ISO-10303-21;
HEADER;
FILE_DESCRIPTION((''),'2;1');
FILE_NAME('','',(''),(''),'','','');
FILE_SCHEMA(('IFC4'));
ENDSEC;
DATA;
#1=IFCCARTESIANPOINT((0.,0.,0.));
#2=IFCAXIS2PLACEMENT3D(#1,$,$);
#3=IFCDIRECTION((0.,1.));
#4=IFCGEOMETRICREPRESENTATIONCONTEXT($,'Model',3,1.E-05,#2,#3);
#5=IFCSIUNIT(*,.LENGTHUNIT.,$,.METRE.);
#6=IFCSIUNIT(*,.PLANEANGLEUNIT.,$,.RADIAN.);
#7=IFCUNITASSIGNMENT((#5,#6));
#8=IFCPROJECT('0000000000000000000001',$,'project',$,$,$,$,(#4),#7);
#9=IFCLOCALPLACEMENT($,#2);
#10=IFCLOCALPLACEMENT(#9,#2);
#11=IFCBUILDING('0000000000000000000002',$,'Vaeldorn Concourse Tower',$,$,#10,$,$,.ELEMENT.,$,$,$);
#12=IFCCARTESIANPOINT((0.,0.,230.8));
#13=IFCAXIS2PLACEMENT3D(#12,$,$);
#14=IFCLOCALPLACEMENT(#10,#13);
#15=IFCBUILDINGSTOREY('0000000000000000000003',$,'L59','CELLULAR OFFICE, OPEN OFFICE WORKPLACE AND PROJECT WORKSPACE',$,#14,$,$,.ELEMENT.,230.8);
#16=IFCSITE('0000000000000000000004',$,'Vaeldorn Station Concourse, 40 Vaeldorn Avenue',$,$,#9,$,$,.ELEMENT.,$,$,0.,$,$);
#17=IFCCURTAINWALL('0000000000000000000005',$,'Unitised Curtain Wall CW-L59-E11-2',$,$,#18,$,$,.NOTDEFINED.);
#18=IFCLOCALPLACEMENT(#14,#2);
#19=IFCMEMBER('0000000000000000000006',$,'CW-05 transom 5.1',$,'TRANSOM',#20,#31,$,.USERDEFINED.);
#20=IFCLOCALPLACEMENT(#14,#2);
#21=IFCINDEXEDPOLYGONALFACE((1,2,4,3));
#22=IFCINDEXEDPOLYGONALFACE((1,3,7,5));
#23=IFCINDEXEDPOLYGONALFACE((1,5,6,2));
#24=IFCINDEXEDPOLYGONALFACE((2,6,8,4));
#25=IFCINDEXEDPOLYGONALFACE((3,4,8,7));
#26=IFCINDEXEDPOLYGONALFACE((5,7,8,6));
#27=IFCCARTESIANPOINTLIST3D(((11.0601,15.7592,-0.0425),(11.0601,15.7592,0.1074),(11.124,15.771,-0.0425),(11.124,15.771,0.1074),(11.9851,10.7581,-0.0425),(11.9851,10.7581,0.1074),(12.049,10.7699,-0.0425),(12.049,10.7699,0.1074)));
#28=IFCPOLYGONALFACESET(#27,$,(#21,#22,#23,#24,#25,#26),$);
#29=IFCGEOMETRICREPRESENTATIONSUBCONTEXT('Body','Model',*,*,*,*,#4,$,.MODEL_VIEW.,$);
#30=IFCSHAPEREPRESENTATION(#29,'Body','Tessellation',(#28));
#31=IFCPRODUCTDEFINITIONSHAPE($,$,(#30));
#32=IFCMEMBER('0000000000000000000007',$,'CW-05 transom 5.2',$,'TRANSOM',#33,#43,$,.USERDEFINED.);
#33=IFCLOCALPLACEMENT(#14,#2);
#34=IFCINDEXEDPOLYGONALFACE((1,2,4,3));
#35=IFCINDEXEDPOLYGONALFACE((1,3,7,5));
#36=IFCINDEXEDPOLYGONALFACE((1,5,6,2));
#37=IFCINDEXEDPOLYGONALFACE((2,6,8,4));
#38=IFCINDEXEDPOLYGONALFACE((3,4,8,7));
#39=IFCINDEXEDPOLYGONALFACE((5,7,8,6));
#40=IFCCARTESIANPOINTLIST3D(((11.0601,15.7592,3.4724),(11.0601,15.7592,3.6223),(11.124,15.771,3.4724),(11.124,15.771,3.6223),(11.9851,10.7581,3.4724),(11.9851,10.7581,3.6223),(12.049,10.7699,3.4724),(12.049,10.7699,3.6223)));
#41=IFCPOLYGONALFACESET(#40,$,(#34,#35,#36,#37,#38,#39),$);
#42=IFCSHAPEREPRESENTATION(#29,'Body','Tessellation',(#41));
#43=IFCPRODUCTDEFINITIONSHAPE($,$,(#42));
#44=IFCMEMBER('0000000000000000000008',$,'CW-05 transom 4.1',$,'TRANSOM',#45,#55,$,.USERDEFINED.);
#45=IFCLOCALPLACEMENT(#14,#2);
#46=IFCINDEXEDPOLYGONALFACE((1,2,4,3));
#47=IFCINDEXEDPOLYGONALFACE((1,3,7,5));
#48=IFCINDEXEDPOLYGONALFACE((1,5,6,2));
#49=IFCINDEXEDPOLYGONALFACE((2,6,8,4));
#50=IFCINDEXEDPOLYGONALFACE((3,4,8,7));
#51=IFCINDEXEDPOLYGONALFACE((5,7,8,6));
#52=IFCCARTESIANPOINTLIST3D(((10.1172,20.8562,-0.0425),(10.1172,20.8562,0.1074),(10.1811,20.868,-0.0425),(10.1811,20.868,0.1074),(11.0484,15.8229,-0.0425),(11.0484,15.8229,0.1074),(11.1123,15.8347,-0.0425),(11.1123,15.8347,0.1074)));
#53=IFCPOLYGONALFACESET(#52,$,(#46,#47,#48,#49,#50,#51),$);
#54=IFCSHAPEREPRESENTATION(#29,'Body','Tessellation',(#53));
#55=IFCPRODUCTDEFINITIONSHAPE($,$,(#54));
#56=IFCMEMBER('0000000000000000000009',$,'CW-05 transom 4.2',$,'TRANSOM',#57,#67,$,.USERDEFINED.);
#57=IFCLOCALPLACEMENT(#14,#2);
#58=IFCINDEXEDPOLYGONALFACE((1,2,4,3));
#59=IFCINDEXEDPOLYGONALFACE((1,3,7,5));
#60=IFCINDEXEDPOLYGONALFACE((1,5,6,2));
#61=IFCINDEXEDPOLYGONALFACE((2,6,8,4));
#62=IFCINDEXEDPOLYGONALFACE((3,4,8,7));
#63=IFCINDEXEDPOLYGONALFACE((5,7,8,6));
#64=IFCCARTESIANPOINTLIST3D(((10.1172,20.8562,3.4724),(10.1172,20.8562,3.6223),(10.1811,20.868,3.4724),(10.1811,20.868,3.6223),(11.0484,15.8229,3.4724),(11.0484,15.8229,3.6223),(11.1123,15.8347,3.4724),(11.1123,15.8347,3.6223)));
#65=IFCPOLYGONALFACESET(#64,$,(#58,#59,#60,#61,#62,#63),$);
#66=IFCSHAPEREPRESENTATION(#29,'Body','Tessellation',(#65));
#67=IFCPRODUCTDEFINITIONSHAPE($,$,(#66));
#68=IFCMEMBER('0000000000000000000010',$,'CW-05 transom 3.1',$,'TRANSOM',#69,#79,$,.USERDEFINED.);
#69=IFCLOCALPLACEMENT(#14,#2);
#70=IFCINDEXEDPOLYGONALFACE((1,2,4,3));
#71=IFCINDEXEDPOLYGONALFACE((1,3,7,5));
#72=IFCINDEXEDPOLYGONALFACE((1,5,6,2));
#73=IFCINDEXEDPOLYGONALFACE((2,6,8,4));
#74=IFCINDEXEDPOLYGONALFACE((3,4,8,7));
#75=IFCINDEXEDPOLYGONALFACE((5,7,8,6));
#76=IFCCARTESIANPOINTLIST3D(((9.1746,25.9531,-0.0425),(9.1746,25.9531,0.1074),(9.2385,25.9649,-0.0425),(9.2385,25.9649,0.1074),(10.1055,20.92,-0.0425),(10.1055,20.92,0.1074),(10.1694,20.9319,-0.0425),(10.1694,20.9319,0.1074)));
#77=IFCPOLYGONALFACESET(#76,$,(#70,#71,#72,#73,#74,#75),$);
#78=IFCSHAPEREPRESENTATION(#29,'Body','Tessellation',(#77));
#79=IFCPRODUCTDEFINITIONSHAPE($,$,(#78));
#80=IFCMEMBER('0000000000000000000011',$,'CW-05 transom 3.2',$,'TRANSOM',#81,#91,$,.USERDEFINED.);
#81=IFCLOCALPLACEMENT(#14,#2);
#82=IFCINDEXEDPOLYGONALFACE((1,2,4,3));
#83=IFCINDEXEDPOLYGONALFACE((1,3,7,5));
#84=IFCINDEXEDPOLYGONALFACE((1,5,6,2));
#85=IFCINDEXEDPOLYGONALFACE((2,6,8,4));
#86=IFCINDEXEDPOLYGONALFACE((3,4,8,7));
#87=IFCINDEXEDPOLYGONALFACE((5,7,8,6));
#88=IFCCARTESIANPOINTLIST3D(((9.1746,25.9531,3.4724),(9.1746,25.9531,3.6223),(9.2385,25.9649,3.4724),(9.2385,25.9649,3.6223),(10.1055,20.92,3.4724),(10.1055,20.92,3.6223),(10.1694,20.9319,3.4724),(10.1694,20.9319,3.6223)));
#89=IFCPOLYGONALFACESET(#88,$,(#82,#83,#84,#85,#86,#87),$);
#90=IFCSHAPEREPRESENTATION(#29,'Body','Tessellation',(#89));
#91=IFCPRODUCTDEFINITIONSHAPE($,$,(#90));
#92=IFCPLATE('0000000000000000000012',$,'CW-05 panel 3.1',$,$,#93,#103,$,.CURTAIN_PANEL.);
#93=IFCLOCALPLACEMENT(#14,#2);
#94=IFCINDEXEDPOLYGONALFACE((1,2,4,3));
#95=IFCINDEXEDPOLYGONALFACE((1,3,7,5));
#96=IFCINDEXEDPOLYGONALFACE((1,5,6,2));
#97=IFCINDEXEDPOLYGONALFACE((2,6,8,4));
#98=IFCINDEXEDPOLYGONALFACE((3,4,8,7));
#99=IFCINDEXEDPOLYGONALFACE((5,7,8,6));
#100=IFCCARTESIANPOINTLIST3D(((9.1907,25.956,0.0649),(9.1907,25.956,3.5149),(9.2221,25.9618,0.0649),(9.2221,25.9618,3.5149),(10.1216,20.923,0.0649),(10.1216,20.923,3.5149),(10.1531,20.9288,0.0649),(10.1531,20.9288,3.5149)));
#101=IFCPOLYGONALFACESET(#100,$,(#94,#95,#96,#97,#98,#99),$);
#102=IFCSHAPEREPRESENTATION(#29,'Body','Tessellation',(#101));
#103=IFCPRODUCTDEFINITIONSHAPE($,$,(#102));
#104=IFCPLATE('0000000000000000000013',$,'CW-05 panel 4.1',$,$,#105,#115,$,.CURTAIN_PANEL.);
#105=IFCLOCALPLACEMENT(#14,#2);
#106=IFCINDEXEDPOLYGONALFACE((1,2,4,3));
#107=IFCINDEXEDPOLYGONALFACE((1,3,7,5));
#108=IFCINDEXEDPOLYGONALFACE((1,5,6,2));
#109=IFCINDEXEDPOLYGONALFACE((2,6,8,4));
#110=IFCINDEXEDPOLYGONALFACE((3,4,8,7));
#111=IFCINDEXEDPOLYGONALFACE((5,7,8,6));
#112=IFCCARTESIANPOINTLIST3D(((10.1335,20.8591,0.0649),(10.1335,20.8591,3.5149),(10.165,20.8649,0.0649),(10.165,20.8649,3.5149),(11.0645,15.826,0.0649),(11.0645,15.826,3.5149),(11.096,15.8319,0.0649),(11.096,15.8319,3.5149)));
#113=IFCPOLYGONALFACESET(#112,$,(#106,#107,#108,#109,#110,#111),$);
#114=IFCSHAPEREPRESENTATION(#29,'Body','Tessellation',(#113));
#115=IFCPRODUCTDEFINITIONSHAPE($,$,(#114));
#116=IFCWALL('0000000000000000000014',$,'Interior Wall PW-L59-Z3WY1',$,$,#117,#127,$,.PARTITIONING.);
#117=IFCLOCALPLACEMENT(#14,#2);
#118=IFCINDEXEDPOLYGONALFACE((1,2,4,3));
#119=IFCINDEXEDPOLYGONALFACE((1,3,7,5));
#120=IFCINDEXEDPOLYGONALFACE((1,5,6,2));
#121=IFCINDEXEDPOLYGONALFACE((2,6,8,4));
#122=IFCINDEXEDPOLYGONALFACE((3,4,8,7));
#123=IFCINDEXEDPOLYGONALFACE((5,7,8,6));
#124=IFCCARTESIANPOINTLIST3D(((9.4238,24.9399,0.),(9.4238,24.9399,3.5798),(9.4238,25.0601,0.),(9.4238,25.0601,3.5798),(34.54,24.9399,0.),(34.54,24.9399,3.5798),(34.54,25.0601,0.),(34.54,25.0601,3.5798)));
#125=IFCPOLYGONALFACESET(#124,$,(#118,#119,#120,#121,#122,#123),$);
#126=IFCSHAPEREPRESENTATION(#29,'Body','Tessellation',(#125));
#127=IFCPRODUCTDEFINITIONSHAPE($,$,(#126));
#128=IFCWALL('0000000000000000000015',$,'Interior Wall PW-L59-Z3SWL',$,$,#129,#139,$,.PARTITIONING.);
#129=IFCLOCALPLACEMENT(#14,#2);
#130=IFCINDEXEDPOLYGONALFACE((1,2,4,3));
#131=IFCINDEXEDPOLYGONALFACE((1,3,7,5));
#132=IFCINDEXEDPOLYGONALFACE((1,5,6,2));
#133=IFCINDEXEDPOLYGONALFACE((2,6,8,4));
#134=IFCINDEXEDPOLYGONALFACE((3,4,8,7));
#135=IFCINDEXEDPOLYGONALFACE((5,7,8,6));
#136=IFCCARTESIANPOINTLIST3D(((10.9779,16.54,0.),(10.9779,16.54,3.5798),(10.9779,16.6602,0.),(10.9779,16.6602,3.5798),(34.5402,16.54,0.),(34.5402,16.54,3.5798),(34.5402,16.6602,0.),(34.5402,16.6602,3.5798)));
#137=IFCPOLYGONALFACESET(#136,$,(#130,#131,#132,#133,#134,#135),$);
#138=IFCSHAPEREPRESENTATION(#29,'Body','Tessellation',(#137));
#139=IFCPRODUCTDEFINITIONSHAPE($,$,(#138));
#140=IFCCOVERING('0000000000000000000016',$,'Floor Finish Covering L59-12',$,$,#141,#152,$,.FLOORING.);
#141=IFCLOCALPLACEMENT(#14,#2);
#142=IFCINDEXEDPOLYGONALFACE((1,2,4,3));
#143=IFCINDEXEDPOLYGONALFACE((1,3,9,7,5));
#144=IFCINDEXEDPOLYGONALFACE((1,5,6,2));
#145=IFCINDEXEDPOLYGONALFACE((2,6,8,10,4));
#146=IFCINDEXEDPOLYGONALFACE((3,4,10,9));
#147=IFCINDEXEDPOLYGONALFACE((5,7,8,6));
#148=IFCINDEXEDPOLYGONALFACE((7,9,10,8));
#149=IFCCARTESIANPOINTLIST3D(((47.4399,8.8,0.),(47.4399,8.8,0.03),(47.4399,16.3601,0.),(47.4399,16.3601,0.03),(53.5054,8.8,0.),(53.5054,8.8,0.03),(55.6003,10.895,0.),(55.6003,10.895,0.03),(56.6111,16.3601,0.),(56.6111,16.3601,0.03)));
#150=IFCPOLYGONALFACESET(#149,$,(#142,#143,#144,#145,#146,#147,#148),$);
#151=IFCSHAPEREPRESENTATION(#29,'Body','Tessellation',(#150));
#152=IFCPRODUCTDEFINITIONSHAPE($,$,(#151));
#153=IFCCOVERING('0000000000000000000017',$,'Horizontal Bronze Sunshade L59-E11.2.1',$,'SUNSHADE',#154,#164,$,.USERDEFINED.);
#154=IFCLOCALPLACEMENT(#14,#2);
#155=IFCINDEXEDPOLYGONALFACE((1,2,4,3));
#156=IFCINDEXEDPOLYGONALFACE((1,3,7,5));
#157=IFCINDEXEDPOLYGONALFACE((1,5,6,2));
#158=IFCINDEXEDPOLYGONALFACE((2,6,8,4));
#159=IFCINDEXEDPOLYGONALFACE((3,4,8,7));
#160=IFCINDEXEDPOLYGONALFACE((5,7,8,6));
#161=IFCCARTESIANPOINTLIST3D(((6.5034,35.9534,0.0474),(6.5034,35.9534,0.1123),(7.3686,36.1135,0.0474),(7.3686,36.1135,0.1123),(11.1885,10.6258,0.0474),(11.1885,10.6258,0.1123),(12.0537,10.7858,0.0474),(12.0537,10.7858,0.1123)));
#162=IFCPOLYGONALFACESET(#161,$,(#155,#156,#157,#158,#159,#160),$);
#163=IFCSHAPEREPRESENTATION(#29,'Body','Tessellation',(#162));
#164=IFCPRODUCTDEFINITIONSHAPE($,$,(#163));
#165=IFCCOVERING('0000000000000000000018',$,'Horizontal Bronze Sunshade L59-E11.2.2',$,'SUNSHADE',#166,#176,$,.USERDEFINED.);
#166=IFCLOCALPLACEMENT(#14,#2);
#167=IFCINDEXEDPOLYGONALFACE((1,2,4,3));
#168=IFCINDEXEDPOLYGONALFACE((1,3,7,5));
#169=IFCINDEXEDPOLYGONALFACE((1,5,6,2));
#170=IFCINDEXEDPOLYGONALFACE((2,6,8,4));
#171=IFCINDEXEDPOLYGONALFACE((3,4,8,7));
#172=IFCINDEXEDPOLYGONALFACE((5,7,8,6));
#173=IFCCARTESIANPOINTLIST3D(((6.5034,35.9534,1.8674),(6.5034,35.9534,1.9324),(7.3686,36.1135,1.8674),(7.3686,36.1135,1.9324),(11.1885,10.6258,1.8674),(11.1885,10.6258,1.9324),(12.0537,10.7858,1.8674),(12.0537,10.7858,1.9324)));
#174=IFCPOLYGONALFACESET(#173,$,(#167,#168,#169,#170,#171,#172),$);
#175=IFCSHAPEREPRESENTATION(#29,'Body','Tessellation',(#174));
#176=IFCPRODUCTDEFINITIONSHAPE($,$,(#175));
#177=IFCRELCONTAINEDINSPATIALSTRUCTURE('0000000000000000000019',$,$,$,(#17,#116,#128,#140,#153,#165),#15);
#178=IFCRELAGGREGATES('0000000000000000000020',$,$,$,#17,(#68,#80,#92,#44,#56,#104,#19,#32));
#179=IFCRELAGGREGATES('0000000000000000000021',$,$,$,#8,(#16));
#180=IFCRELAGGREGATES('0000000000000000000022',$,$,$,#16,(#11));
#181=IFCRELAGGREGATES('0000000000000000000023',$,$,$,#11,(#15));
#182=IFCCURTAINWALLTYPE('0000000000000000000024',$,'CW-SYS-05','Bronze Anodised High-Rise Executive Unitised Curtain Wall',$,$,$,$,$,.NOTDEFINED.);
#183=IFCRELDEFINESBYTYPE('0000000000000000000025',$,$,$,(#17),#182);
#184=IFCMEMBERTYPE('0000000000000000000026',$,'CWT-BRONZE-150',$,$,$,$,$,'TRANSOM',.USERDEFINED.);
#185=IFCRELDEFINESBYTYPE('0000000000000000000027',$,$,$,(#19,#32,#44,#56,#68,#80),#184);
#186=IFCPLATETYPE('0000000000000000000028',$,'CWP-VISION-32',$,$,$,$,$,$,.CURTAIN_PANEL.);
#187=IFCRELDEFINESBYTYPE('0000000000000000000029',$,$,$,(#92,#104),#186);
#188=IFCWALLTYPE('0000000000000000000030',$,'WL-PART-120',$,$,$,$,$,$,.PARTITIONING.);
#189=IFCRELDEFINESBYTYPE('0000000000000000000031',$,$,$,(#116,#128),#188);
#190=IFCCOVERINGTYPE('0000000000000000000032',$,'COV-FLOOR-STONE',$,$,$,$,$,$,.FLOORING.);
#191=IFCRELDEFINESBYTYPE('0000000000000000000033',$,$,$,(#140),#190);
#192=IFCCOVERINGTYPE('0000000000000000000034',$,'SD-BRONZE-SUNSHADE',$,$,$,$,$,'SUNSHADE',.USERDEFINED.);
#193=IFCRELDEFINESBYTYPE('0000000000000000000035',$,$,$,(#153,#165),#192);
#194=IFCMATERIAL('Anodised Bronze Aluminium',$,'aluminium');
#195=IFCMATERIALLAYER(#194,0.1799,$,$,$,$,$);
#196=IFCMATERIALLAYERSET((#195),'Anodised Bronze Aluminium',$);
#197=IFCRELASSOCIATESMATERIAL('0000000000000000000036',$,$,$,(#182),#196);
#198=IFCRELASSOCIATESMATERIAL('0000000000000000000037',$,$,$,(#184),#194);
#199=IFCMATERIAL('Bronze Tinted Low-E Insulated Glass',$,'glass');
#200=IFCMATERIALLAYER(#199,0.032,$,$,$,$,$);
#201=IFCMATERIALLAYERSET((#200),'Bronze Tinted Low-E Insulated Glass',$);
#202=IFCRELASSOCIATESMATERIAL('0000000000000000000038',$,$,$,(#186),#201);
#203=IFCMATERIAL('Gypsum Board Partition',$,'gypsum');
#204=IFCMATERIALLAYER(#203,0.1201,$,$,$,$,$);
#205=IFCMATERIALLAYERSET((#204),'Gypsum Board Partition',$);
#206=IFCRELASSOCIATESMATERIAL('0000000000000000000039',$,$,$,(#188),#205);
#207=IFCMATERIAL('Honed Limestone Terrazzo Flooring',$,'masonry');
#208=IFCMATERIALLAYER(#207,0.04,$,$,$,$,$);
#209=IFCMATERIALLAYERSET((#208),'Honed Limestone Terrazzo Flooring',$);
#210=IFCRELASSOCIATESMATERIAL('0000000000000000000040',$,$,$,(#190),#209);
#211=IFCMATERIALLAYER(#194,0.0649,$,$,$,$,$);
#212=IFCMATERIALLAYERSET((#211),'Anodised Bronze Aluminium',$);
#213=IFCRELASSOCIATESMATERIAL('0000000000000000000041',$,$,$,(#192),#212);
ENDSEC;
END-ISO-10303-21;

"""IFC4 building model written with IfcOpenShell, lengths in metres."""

from ifc_helpers import new_model, si_unit, direction, frame, frame_2d, origin, origin_2d, place, context, subcontext, project, spatial, polyline, rectangle, outline, extrude, source, transform, mapped, material, layer, layer_set, material_profile, profile_set, type_object, element, aggregate, save


model = new_model("IFC4")

# Units and contexts
model_context = context("Model", 3, precision=1e-05, world=origin(), true_north=direction((0.0, 1.0)))
body_context = subcontext(model_context, "Body", "Model", "MODEL_VIEW")
ifc_project = project(units=[si_unit("LENGTHUNIT", "METRE"), si_unit("PLANEANGLEUNIT", "RADIAN")], contexts=[model_context])

# Site, building, storey
site_placement = place(None, origin())
site = spatial("IfcSite", under=ifc_project, at=site_placement, Name="Vaeldorn Station Concourse, 40 Vaeldorn Avenue", CompositionType="ELEMENT", RefElevation=0.0)
building_placement = place(site_placement, origin())
building = spatial("IfcBuilding", under=site, at=building_placement, Name="Vaeldorn Concourse Tower", CompositionType="ELEMENT")
storey_placement = place(building_placement, frame((0.0, 0.0, 230.8)))
storey = spatial("IfcBuildingStorey", under=building, at=storey_placement, Name="L59", Description="CELLULAR OFFICE, OPEN OFFICE WORKPLACE AND PROJECT WORKSPACE", CompositionType="ELEMENT", Elevation=230.8)

# Curtain wall, members, plates
ifc_material_1 = material(Name="Anodised Bronze Aluminium", Category="aluminium")
ifc_layer_1 = layer(ifc_material_1, 0.1799)
ifc_layer_set_1 = layer_set([ifc_layer_1], Name="Anodised Bronze Aluminium")
curtain_wall_type = type_object("IfcCurtainWallType", Name="CW-SYS-05", Description="Bronze Anodised High-Rise Executive Unitised Curtain Wall", PredefinedType="NOTDEFINED", material=ifc_layer_set_1)
curtain_wall_placement = place(storey_placement, origin())
curtain_wall = element("IfcCurtainWall", 1, at=curtain_wall_placement, inside=storey, type_object=curtain_wall_type, Name="Unitised Curtain Wall CW-L59-E11-2", PredefinedType="NOTDEFINED")
ifc_material_profile_1 = material_profile(ifc_material_1, rectangle(XDim=0.0649, YDim=0.1499, at=origin_2d()), Name="CWT 65x150")
ifc_profile_set_1 = profile_set([ifc_material_profile_1], Name="Anodised Bronze Aluminium")
member_type_1 = type_object("IfcMemberType", Name="CWT-BRONZE-150", ElementType="TRANSOM", PredefinedType="USERDEFINED", material=ifc_profile_set_1)
shared_shape_1 = source(origin(), body_context, "Body", "SweptSolid", [
    extrude(rectangle(XDim=0.0649, YDim=0.1499, at=origin_2d()), origin(), (0.0, 0.0, 1.0), 5.0859),
])
member_1_placement = place(storey_placement, frame((11.092, 15.7651, 0.0325), z_axis=(0.18188, -0.983321, 0.0), x_axis=(0.983321, 0.18188, 0.0)))
member_1 = element("IfcMember", 2, at=member_1_placement, type_object=member_type_1, Name="CW-05 transom 5.1", ObjectType="TRANSOM", PredefinedType="USERDEFINED", context=body_context, shape_type="MappedRepresentation", body=[
    mapped(shared_shape_1, transform((0.0, 0.0, 0.0), scale=1.0)),
])
member_2_placement = place(storey_placement, frame((11.092, 15.7651, 3.5474), z_axis=(0.18188, -0.983321, 0.0), x_axis=(0.983321, 0.18188, 0.0)))
member_2 = element("IfcMember", 3, at=member_2_placement, type_object=member_type_1, Name="CW-05 transom 5.2", ObjectType="TRANSOM", PredefinedType="USERDEFINED", context=body_context, shape_type="MappedRepresentation", body=[
    mapped(shared_shape_1, transform((0.0, 0.0, 0.0), scale=1.0)),
])
shared_shape_2 = source(origin(), body_context, "Body", "SweptSolid", [
    extrude(rectangle(XDim=0.0649, YDim=0.1499, at=origin_2d()), origin(), (0.0, 0.0, 1.0), 5.1187),
])
member_3_placement = place(storey_placement, frame((10.1492, 20.8621, 0.0325), z_axis=(0.181915, -0.983314, 0.0), x_axis=(0.983314, 0.181915, 0.0)))
member_3 = element("IfcMember", 4, at=member_3_placement, type_object=member_type_1, Name="CW-05 transom 4.1", ObjectType="TRANSOM", PredefinedType="USERDEFINED", context=body_context, shape_type="MappedRepresentation", body=[
    mapped(shared_shape_2, transform((0.0, 0.0, 0.0), scale=1.0)),
])
member_4_placement = place(storey_placement, frame((10.1492, 20.8621, 3.5474), z_axis=(0.181915, -0.983314, 0.0), x_axis=(0.983314, 0.181915, 0.0)))
member_4 = element("IfcMember", 5, at=member_4_placement, type_object=member_type_1, Name="CW-05 transom 4.2", ObjectType="TRANSOM", PredefinedType="USERDEFINED", context=body_context, shape_type="MappedRepresentation", body=[
    mapped(shared_shape_2, transform((0.0, 0.0, 0.0), scale=1.0)),
])
shared_shape_3 = source(origin(), body_context, "Body", "SweptSolid", [
    extrude(rectangle(XDim=0.0649, YDim=0.1499, at=origin_2d()), origin(), (0.0, 0.0, 1.0), 5.1184),
])
member_5_placement = place(storey_placement, frame((9.2065, 25.959, 0.0325), z_axis=(0.181877, -0.983321, 0.0), x_axis=(0.983321, 0.181877, 0.0)))
member_5 = element("IfcMember", 6, at=member_5_placement, type_object=member_type_1, Name="CW-05 transom 3.1", ObjectType="TRANSOM", PredefinedType="USERDEFINED", context=body_context, shape_type="MappedRepresentation", body=[
    mapped(shared_shape_3, transform((0.0, 0.0, 0.0), scale=1.0)),
])
member_6_placement = place(storey_placement, frame((9.2065, 25.959, 3.5474), z_axis=(0.181877, -0.983321, 0.0), x_axis=(0.983321, 0.181877, 0.0)))
member_6 = element("IfcMember", 7, at=member_6_placement, type_object=member_type_1, Name="CW-05 transom 3.2", ObjectType="TRANSOM", PredefinedType="USERDEFINED", context=body_context, shape_type="MappedRepresentation", body=[
    mapped(shared_shape_3, transform((0.0, 0.0, 0.0), scale=1.0)),
])
ifc_material_2 = material(Name="Bronze Tinted Low-E Insulated Glass", Category="glass")
ifc_layer_2 = layer(ifc_material_2, 0.032)
ifc_layer_set_2 = layer_set([ifc_layer_2], Name="Bronze Tinted Low-E Insulated Glass")
plate_type = type_object("IfcPlateType", Name="CWP-VISION-32", PredefinedType="CURTAIN_PANEL", material=ifc_layer_set_2)
shared_shape_4 = source(origin(), body_context, "Body", "SweptSolid", [
    extrude(rectangle(XDim=5.1184, YDim=0.032, at=origin_2d()), origin(), (0.0, 0.0, 1.0), 3.45),
])
plate_1_placement = place(storey_placement, frame((9.6719, 23.4424, 0.0649), z_axis=(0.0, 0.0, 1.0), x_axis=(0.18189, -0.983319, 0.0)))
plate_1 = element("IfcPlate", 8, at=plate_1_placement, type_object=plate_type, Name="CW-05 panel 3.1", PredefinedType="CURTAIN_PANEL", context=body_context, shape_type="MappedRepresentation", body=[
    mapped(shared_shape_4, transform((0.0, 0.0, 0.0), scale=1.0)),
])
plate_2_placement = place(storey_placement, frame((10.6147, 18.3455, 0.0649), z_axis=(0.0, 0.0, 1.0), x_axis=(0.18189, -0.983319, 0.0)))
plate_2 = element("IfcPlate", 9, at=plate_2_placement, type_object=plate_type, Name="CW-05 panel 4.1", PredefinedType="CURTAIN_PANEL", context=body_context, shape_type="MappedRepresentation", body=[
    mapped(shared_shape_4, transform((0.0, 0.0, 0.0), scale=1.0)),
])
aggregate(curtain_wall, [member_5, member_6, plate_1, member_3, member_4, plate_2, member_1, member_2])

# Walls
ifc_material_3 = material(Name="Gypsum Board Partition", Category="gypsum")
ifc_layer_3 = layer(ifc_material_3, 0.1201)
ifc_layer_set_3 = layer_set([ifc_layer_3], Name="Gypsum Board Partition")
wall_type = type_object("IfcWallType", Name="WL-PART-120", PredefinedType="PARTITIONING", material=ifc_layer_set_3)
wall_1_placement = place(storey_placement, frame((9.4238, 25.0, 0.0), z_axis=(0.0, 0.0, 1.0), x_axis=(1.0, 0.0, 0.0)))
element("IfcWall", 10, at=wall_1_placement, inside=storey, type_object=wall_type, Name="Interior Wall PW-L59-Z3WY1", PredefinedType="PARTITIONING", context=body_context, shape_type="SweptSolid", body=[
    extrude(rectangle(XDim=25.1162, YDim=0.1201, at=frame_2d((12.5581, 0.0))), origin(), (0.0, 0.0, 1.0), 3.5798),
])
wall_2_placement = place(storey_placement, frame((10.9778, 16.6001, 0.0), z_axis=(0.0, 0.0, 1.0), x_axis=(1.0, 0.0, 0.0)))
element("IfcWall", 11, at=wall_2_placement, inside=storey, type_object=wall_type, Name="Interior Wall PW-L59-Z3SWL", PredefinedType="PARTITIONING", context=body_context, shape_type="SweptSolid", body=[
    extrude(rectangle(XDim=23.5623, YDim=0.1201, at=frame_2d((11.7812, 0.0))), origin(), (0.0, 0.0, 1.0), 3.5798),
])

# Coverings
ifc_material_4 = material(Name="Honed Limestone Terrazzo Flooring", Category="masonry")
ifc_layer_4 = layer(ifc_material_4, 0.04)
ifc_layer_set_4 = layer_set([ifc_layer_4], Name="Honed Limestone Terrazzo Flooring")
covering_type_1 = type_object("IfcCoveringType", Name="COV-FLOOR-STONE", PredefinedType="FLOORING", material=ifc_layer_set_4)
covering_placement = place(storey_placement, origin())
element("IfcCovering", 12, at=covering_placement, inside=storey, type_object=covering_type_1, Name="Floor Finish Covering L59-12", PredefinedType="FLOORING", context=body_context, shape_type="SweptSolid", body=[
    extrude(outline(polyline([(53.5054, 8.8), (47.4399, 8.8), (47.4399, 16.3601), (56.6111, 16.3601), (55.6003, 10.895), (53.5054, 8.8)])), origin(), (0.0, 0.0, 1.0), 0.03),
])
ifc_layer_5 = layer(ifc_material_1, 0.0649)
ifc_layer_set_5 = layer_set([ifc_layer_5], Name="Anodised Bronze Aluminium")
covering_type_2 = type_object("IfcCoveringType", Name="SD-BRONZE-SUNSHADE", ElementType="SUNSHADE", PredefinedType="USERDEFINED", material=ifc_layer_set_5)
shared_shape_5 = source(origin(), body_context, "Body", "SweptSolid", [
    extrude(rectangle(XDim=25.7573, YDim=0.8799, at=origin_2d()), origin(), (0.0, 0.0, 1.0), 0.0649),
])
for number, where, z_axis, x_axis, name in (
    (13, (9.2786, 23.3696, 0.0474), (0.0, 0.0, 1.0), (0.181892, -0.983318, 0.0), "Horizontal Bronze Sunshade L59-E11.2.1"),
    (14, (9.2786, 23.3696, 1.8674), (0.0, 0.0, 1.0), (0.181892, -0.983318, 0.0), "Horizontal Bronze Sunshade L59-E11.2.2"),
):
    element("IfcCovering", number, at=place(storey_placement, frame(where, z_axis=z_axis, x_axis=x_axis)), inside=storey, type_object=covering_type_2, Name=name, ObjectType="SUNSHADE", PredefinedType="USERDEFINED", context=body_context, shape_type="MappedRepresentation", body=[
        mapped(shared_shape_5, transform((0.0, 0.0, 0.0), scale=1.0)),
    ])

save(model, "model.ifc")
